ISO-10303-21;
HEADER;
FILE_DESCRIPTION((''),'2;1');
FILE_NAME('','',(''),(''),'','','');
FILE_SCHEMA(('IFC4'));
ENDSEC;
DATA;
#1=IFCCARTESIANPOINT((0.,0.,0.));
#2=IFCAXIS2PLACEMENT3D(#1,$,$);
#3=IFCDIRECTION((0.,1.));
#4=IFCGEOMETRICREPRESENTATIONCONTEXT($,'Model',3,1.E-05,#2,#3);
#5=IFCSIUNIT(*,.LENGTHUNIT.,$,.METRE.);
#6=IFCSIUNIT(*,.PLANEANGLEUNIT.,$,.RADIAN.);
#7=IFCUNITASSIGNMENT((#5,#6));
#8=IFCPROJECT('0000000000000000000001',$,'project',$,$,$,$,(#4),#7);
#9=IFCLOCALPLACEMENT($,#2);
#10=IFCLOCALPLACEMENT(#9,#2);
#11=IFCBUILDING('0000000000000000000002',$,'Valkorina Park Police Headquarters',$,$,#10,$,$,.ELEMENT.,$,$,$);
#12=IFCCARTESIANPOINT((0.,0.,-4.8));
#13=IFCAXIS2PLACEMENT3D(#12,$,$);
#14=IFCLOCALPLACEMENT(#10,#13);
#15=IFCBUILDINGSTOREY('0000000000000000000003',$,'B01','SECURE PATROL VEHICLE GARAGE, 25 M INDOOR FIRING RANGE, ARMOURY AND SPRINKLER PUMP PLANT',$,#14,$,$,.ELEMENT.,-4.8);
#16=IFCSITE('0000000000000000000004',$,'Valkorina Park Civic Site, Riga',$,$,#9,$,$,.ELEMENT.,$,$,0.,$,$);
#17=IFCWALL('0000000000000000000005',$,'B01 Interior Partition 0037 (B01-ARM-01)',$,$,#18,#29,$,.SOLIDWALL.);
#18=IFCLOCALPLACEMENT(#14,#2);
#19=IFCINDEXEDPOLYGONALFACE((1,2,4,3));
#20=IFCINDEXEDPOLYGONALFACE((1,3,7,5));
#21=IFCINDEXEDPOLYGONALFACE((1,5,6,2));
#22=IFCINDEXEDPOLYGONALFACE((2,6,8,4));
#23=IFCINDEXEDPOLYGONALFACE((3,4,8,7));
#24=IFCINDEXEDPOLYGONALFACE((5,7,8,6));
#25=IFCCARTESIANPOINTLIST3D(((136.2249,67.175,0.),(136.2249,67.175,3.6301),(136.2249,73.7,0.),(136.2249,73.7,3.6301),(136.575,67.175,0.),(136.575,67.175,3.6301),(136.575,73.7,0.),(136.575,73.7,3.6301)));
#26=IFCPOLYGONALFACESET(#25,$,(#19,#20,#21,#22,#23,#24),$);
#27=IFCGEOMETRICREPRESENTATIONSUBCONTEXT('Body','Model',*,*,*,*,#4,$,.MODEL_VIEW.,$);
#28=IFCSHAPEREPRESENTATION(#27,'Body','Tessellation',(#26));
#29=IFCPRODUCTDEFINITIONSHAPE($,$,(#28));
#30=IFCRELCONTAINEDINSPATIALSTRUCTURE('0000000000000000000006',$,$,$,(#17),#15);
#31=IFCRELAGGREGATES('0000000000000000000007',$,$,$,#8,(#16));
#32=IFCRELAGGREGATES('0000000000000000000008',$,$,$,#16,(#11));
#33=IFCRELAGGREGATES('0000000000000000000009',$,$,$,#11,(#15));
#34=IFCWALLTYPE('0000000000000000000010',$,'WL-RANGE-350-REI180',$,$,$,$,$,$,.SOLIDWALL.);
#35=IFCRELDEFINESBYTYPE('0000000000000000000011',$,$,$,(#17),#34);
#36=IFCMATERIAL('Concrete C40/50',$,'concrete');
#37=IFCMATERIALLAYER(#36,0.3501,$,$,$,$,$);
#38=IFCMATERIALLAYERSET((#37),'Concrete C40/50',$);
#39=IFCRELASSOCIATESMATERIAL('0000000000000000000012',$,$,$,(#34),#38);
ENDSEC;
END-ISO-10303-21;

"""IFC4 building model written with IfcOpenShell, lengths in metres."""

from ifc_helpers import new_model, si_unit, direction, frame, frame_2d, origin, place, context, subcontext, project, spatial, rectangle, extrude, material, layer, layer_set, type_object, element, save


model = new_model("IFC4")

# Units and contexts
model_context = context("Model", 3, precision=1e-05, world=origin(), true_north=direction((0.0, 1.0)))
body_context = subcontext(model_context, "Body", "Model", "MODEL_VIEW")
ifc_project = project(units=[si_unit("LENGTHUNIT", "METRE"), si_unit("PLANEANGLEUNIT", "RADIAN")], contexts=[model_context])

# Site, building, storey
site_placement = place(None, origin())
site = spatial("IfcSite", under=ifc_project, at=site_placement, Name="Valkorina Park Civic Site, Riga", CompositionType="ELEMENT", RefElevation=0.0)
building_placement = place(site_placement, origin())
building = spatial("IfcBuilding", under=site, at=building_placement, Name="Valkorina Park Police Headquarters", CompositionType="ELEMENT")
storey_placement = place(building_placement, frame((0.0, 0.0, -4.8)))
storey = spatial("IfcBuildingStorey", under=building, at=storey_placement, Name="B01", Description="SECURE PATROL VEHICLE GARAGE, 25 M INDOOR FIRING RANGE, ARMOURY AND SPRINKLER PUMP PLANT", CompositionType="ELEMENT", Elevation=-4.8)

# Shared definitions
ifc_material_1 = material(Name="Concrete C40/50", Category="concrete")

# Shared definitions
ifc_layer_1 = layer(ifc_material_1, 0.3501)
ifc_layer_set_1 = layer_set([ifc_layer_1], Name="Concrete C40/50")
wall_type_1 = type_object("IfcWallType", Name="WL-RANGE-350-REI180", PredefinedType="SOLIDWALL", material=ifc_layer_set_1)

# Wall
wall_1_placement = place(storey_placement, frame((136.3999, 67.175, 0.0), z_axis=(0.0, 0.0, 1.0), x_axis=(0.0, 1.0, 0.0)))
element("IfcWall", 1, at=wall_1_placement, inside=storey, type_object=wall_type_1, Name="B01 Interior Partition 0037 (B01-ARM-01)", PredefinedType="SOLIDWALL", context=body_context, shape_type="SweptSolid", body=[
    extrude(rectangle(XDim=6.5249, YDim=0.3501, at=frame_2d((3.2625, 0.0))), origin(), (0.0, 0.0, 1.0), 3.6301),
])

save(model, "model.ifc")
